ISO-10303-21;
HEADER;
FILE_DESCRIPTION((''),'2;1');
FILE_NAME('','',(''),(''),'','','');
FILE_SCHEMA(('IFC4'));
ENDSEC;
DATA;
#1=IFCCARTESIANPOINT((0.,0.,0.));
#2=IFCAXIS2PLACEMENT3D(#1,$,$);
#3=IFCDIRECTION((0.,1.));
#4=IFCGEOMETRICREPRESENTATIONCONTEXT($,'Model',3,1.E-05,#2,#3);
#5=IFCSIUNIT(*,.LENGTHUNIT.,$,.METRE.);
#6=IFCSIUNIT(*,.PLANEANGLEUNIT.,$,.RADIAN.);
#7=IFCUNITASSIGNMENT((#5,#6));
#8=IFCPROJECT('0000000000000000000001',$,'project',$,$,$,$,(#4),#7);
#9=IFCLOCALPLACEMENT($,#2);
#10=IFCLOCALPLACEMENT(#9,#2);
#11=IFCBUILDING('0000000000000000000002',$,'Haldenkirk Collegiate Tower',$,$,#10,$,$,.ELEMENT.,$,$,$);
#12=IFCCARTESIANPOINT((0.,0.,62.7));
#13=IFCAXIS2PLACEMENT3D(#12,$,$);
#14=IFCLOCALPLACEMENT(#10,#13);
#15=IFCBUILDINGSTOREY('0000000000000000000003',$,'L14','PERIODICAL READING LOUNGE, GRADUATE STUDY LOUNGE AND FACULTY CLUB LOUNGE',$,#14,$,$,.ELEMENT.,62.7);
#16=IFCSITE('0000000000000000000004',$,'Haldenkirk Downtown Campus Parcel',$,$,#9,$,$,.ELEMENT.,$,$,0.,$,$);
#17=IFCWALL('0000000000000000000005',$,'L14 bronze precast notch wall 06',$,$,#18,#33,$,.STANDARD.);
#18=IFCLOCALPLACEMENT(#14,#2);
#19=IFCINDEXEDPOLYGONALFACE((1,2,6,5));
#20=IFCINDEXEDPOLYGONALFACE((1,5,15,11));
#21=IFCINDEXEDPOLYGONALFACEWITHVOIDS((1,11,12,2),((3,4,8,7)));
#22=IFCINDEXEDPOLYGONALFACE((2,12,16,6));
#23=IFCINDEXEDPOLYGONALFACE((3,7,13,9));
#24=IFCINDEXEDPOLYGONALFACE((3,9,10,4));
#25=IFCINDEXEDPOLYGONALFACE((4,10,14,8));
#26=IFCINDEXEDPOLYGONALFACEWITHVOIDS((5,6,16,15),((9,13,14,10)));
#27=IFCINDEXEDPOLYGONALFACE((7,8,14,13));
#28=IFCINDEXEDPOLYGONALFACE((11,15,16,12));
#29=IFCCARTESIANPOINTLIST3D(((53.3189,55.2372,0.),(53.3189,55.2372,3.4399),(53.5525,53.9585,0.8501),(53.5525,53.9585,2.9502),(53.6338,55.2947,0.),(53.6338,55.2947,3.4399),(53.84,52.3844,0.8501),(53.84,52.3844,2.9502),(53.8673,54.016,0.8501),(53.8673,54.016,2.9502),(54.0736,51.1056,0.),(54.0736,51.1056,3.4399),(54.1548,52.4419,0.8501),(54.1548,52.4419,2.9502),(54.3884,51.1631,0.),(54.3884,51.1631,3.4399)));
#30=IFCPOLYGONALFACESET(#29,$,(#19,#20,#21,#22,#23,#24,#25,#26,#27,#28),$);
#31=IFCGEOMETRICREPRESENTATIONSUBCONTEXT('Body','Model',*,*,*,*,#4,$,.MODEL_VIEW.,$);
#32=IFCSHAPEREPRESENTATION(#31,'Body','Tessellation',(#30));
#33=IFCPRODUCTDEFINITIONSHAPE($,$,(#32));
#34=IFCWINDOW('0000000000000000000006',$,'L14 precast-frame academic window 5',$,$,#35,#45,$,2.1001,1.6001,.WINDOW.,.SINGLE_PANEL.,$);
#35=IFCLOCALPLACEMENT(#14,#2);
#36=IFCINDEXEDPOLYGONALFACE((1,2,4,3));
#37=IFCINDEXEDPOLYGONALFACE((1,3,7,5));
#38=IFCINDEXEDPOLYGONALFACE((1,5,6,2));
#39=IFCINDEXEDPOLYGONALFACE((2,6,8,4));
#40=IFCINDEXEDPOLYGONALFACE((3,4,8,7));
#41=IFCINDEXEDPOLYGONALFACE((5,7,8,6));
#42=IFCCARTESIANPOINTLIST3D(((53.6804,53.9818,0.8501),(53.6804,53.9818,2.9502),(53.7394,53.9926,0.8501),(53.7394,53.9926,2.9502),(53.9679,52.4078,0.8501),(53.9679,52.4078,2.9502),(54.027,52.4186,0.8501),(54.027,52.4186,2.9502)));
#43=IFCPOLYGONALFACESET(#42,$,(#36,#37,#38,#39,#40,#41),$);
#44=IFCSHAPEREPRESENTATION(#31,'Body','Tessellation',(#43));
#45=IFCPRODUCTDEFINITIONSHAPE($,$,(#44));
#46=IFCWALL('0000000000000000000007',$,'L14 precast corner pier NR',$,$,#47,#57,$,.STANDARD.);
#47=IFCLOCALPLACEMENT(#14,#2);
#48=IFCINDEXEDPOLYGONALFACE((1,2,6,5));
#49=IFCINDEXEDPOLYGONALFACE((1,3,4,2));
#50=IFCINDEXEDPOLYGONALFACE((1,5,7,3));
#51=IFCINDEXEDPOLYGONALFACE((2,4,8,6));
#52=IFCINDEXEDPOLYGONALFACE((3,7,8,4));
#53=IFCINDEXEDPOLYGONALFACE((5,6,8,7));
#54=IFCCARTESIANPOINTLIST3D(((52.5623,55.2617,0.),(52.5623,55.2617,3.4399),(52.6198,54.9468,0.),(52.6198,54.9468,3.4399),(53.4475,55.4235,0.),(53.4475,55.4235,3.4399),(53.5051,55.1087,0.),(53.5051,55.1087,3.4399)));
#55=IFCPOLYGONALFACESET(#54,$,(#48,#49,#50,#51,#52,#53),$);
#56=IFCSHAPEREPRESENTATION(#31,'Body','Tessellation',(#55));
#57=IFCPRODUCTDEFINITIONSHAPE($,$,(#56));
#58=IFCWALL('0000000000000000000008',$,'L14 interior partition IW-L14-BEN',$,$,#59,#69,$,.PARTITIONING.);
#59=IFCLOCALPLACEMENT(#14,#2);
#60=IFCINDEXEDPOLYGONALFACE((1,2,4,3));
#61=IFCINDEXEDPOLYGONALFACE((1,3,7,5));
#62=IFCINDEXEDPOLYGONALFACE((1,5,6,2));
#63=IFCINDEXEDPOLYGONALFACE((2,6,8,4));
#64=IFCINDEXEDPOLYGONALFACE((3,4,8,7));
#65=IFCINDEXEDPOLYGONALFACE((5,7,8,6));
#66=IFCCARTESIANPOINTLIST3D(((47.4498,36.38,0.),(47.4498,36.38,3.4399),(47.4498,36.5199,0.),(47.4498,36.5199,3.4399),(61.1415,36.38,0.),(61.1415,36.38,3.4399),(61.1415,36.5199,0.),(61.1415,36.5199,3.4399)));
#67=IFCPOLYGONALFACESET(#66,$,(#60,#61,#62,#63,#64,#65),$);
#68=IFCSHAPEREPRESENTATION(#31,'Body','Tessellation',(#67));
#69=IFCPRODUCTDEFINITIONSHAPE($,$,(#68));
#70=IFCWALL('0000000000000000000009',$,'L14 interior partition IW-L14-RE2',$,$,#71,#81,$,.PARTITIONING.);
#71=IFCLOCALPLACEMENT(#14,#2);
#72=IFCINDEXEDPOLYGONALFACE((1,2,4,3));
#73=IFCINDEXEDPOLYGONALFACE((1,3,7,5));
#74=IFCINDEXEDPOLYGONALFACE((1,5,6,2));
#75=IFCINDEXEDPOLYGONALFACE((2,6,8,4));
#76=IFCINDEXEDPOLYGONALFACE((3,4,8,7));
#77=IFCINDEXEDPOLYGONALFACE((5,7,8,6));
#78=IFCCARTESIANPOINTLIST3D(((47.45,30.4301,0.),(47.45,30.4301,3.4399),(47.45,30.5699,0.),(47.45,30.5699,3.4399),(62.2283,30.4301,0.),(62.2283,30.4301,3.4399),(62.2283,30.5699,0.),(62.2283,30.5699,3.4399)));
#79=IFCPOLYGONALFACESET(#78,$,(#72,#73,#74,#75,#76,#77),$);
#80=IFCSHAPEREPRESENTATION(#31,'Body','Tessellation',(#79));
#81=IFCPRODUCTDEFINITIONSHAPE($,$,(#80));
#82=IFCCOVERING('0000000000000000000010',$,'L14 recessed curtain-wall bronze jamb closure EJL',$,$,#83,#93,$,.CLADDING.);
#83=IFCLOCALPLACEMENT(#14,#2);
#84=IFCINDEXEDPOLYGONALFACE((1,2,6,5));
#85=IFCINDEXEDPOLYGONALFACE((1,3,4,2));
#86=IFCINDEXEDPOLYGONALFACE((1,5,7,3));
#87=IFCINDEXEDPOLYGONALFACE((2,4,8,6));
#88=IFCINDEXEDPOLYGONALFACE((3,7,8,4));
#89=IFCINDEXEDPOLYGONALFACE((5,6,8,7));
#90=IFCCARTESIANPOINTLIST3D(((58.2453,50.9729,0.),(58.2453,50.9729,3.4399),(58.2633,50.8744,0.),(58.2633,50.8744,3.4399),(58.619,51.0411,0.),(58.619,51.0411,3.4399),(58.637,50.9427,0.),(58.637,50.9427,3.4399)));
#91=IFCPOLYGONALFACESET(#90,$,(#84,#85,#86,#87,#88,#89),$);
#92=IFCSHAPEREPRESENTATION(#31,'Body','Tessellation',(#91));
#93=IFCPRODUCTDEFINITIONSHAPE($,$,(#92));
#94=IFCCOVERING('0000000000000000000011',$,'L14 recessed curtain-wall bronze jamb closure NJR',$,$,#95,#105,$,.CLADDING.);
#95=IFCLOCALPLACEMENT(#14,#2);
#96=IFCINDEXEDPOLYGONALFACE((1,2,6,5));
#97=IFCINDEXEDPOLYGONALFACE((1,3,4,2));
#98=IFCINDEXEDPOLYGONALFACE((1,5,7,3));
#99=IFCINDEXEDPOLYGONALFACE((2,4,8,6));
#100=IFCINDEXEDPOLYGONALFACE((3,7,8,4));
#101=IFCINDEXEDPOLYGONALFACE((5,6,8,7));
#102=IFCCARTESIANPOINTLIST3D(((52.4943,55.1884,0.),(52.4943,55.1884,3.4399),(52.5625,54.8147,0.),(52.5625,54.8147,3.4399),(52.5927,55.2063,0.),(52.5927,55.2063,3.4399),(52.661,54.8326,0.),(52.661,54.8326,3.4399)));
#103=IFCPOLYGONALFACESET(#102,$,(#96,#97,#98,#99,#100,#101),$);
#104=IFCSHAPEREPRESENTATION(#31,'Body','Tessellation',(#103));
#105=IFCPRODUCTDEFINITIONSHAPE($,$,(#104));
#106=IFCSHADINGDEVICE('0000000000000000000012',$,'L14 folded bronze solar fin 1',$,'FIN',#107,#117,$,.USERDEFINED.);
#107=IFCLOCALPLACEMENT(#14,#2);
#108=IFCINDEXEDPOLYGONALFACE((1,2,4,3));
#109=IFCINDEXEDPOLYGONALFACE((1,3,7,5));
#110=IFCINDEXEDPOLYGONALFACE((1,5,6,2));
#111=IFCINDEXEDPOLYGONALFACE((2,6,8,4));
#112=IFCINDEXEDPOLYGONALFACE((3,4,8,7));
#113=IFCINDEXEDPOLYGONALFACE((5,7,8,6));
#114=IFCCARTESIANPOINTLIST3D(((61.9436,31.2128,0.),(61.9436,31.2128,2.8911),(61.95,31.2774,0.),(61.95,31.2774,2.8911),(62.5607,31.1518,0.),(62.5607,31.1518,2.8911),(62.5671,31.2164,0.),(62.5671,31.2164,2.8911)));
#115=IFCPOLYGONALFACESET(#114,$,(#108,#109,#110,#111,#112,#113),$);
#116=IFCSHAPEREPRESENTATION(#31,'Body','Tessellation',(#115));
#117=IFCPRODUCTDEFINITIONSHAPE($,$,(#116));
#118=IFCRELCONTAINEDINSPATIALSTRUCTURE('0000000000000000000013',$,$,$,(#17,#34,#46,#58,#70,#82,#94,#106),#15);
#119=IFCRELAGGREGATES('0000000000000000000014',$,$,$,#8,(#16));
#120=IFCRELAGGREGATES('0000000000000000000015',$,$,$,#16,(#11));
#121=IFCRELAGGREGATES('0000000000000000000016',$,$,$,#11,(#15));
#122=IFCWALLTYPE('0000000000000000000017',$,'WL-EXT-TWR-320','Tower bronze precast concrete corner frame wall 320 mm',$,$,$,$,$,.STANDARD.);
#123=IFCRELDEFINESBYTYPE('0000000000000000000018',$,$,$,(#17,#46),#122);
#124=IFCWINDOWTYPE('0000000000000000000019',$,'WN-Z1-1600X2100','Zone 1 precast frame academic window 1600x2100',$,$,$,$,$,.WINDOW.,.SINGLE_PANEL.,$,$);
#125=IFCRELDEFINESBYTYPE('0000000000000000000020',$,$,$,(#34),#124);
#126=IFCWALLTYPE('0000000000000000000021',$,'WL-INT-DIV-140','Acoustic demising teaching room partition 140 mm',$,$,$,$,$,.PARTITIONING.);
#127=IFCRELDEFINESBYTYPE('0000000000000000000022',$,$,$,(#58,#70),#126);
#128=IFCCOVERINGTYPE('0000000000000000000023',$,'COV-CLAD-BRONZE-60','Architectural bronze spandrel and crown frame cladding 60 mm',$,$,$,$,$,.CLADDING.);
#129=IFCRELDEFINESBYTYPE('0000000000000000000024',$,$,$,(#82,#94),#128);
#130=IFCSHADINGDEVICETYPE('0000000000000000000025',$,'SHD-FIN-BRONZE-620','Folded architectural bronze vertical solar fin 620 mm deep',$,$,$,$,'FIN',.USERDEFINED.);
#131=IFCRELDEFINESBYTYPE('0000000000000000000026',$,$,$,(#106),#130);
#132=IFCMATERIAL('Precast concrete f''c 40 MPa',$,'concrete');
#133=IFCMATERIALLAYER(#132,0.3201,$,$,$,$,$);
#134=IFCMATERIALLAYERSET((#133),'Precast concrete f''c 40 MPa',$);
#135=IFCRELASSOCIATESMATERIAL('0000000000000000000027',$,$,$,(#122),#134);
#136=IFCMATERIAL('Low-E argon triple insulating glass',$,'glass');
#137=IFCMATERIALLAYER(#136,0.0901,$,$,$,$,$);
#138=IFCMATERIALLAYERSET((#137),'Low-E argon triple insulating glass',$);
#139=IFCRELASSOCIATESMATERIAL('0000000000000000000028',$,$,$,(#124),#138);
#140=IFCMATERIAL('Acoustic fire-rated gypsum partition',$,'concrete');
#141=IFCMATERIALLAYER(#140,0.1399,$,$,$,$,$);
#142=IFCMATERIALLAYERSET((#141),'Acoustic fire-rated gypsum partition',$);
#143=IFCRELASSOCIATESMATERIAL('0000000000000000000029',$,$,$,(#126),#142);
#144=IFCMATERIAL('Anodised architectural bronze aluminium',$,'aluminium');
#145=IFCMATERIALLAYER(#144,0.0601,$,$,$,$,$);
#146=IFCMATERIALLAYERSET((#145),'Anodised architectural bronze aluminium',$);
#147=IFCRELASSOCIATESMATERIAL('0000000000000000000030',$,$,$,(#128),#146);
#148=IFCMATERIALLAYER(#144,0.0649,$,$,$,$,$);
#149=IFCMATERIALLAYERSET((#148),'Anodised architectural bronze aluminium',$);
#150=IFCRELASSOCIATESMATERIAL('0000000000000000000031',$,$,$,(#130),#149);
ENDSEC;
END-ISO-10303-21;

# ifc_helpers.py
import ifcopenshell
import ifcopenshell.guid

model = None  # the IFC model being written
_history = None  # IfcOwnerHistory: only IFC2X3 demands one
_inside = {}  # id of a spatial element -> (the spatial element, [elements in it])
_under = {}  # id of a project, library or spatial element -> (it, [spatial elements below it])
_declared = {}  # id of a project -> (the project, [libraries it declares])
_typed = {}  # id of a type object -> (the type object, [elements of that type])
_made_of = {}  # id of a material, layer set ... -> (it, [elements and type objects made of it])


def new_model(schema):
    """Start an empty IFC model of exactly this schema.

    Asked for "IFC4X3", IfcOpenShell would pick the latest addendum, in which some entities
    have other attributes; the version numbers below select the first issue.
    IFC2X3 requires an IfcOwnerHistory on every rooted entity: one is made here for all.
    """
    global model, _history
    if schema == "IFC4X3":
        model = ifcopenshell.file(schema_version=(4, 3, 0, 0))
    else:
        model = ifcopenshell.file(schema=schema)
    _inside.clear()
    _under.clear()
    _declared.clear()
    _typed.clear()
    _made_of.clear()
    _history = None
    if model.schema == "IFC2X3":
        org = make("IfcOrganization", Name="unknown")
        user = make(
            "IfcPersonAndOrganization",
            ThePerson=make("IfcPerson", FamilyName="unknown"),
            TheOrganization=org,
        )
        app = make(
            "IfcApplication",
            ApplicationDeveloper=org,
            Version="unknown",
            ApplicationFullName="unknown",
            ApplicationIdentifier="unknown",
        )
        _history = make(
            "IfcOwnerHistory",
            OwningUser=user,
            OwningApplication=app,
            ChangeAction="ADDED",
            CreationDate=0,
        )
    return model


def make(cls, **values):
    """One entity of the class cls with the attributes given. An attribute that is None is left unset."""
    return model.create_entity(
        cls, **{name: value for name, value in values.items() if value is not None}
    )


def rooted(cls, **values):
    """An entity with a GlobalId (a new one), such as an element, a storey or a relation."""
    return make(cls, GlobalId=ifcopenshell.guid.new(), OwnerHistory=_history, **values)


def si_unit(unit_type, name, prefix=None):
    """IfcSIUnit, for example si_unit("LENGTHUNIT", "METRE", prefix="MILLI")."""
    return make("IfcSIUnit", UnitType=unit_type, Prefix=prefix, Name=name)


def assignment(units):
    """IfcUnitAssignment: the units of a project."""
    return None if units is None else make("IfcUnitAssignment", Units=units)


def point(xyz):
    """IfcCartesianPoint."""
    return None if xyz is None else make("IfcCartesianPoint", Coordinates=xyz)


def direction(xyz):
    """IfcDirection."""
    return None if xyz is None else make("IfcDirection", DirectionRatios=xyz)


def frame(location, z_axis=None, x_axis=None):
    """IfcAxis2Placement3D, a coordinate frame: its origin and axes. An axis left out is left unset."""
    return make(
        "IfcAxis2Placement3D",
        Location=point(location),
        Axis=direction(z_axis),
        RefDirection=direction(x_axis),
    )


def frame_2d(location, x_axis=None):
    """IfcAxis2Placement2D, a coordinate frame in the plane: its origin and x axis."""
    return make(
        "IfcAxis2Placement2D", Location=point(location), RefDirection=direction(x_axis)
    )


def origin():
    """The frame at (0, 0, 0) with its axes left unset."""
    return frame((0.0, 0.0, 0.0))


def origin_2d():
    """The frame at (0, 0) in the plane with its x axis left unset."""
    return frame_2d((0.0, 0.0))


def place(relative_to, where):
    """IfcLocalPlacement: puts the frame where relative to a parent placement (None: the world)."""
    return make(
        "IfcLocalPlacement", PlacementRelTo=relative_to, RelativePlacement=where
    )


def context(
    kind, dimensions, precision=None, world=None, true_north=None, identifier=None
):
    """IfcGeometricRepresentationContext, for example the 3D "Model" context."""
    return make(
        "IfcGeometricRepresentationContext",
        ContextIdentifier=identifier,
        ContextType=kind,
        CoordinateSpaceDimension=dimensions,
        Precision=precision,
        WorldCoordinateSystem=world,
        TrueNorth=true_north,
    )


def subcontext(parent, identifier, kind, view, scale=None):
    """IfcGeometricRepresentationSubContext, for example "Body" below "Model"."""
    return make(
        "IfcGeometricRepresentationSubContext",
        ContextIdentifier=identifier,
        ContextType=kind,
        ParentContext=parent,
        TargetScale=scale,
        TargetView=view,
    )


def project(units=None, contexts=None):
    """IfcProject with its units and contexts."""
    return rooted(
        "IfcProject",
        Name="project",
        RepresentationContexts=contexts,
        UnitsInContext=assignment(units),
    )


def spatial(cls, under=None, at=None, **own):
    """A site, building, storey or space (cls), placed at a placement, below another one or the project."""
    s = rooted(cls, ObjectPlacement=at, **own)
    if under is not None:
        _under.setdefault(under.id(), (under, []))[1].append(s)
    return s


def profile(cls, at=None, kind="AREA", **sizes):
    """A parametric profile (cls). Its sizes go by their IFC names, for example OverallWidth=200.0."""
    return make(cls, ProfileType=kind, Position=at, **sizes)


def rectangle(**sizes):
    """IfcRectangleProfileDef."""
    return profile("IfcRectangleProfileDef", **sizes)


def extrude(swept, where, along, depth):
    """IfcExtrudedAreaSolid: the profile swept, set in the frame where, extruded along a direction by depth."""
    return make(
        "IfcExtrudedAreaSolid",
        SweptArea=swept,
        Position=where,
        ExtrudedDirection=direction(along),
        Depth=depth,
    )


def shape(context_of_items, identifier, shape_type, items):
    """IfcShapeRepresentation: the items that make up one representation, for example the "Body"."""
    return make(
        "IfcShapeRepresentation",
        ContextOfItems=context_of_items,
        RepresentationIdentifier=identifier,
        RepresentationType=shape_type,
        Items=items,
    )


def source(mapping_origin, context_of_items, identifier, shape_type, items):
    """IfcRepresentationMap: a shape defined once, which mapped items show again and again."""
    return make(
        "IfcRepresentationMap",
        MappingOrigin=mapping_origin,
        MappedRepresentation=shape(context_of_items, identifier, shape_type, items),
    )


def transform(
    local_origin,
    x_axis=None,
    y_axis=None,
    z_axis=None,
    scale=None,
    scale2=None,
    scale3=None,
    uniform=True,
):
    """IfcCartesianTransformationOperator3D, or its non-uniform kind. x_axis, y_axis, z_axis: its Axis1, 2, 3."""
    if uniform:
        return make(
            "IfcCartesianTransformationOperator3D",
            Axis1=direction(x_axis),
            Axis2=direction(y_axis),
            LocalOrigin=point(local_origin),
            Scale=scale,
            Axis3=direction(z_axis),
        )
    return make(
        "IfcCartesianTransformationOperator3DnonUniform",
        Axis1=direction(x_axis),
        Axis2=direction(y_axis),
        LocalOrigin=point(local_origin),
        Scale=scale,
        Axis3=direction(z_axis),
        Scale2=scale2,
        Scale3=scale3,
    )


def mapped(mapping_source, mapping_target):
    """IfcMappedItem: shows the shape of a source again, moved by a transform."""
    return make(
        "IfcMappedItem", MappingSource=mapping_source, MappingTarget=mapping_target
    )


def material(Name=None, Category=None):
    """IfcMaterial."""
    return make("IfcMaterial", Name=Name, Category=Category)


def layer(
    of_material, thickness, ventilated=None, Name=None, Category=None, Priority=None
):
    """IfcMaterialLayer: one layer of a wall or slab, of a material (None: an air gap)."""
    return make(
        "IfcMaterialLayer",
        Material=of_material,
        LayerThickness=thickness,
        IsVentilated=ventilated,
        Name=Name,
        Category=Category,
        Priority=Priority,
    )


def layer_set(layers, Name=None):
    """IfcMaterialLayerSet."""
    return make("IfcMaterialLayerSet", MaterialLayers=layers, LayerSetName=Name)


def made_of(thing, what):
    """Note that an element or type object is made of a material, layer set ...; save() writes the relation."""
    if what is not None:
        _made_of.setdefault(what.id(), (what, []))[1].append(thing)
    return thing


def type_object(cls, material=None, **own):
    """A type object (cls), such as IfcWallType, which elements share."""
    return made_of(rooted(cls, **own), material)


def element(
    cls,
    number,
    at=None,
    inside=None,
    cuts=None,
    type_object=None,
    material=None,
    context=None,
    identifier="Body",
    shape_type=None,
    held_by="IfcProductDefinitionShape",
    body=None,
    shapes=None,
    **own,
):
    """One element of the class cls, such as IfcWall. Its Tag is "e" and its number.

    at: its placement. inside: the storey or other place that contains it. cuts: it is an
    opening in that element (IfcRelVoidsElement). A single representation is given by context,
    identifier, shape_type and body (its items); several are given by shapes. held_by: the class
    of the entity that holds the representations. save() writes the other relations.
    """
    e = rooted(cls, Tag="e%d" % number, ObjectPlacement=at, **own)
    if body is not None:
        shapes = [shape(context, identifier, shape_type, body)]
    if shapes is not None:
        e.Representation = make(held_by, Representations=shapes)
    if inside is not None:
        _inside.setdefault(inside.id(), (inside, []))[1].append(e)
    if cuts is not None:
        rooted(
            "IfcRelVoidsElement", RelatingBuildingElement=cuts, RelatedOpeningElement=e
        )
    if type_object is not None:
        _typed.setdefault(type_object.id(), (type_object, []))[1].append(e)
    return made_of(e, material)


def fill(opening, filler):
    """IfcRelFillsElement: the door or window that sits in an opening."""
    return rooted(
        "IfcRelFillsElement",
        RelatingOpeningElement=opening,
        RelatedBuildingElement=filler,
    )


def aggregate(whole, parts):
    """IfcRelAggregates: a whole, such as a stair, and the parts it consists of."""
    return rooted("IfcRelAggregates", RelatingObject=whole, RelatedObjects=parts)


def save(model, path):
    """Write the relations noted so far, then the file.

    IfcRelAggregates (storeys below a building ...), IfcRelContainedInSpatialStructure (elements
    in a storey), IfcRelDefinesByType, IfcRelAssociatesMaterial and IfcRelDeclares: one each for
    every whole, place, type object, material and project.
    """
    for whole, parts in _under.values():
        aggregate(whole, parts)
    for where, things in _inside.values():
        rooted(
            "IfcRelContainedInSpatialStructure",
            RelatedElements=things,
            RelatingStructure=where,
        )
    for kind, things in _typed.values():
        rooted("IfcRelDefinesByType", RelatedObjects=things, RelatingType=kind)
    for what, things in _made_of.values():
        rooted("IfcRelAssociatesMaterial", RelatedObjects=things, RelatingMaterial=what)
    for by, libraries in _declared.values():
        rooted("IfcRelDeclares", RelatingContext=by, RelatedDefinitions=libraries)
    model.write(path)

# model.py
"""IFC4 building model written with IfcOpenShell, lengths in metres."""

from ifc_helpers import new_model, si_unit, direction, frame, frame_2d, origin, origin_2d, place, context, subcontext, project, spatial, rectangle, extrude, source, transform, mapped, material, layer, layer_set, type_object, element, fill, save


model = new_model("IFC4")

# Units and contexts
model_context = context("Model", 3, precision=1e-05, world=origin(), true_north=direction((0.0, 1.0)))
body_context = subcontext(model_context, "Body", "Model", "MODEL_VIEW")
ifc_project = project(units=[si_unit("LENGTHUNIT", "METRE"), si_unit("PLANEANGLEUNIT", "RADIAN")], contexts=[model_context])

# Site, building, storey
site_placement = place(None, origin())
site = spatial("IfcSite", under=ifc_project, at=site_placement, Name="Haldenkirk Downtown Campus Parcel", CompositionType="ELEMENT", RefElevation=0.0)
building_placement = place(site_placement, origin())
building = spatial("IfcBuilding", under=site, at=building_placement, Name="Haldenkirk Collegiate Tower", CompositionType="ELEMENT")
storey_placement = place(building_placement, frame((0.0, 0.0, 62.7)))
storey = spatial("IfcBuildingStorey", under=building, at=storey_placement, Name="L14", Description="PERIODICAL READING LOUNGE, GRADUATE STUDY LOUNGE AND FACULTY CLUB LOUNGE", CompositionType="ELEMENT", Elevation=62.7)

# Shared definitions
ifc_material_1 = material(Name="Anodised architectural bronze aluminium", Category="aluminium")

# Shared definitions
ifc_material_2 = material(Name="Low-E argon triple insulating glass", Category="glass")

# Shared definitions
ifc_material_3 = material(Name="Precast concrete f'c 40 MPa", Category="concrete")
ifc_layer_1 = layer(ifc_material_3, 0.3201)
ifc_layer_set_1 = layer_set([ifc_layer_1], Name="Precast concrete f'c 40 MPa")
wall_type_1 = type_object("IfcWallType", Name="WL-EXT-TWR-320", Description="Tower bronze precast concrete corner frame wall 320 mm", PredefinedType="STANDARD", material=ifc_layer_set_1)

# Wall, opening, window
wall_1_placement = place(storey_placement, frame((53.4763, 55.2661, 0.0), z_axis=(0.0, 0.0, 1.0), x_axis=(0.179678, -0.983725, 0.0)))
wall_1 = element("IfcWall", 1, at=wall_1_placement, inside=storey, type_object=wall_type_1, Name="L14 bronze precast notch wall 06", PredefinedType="STANDARD", context=body_context, shape_type="SweptSolid", body=[
    extrude(rectangle(XDim=4.2, YDim=0.3201, at=frame_2d((2.1001, 0.0))), origin(), (0.0, 0.0, 1.0), 3.4399),
])
opening_placement = place(wall_1_placement, frame((1.3, 0.0, 0.8501)))
opening = element("IfcOpeningElement", 2, at=opening_placement, cuts=wall_1, PredefinedType="OPENING", context=body_context, shape_type="SweptSolid", body=[
    extrude(rectangle(XDim=1.6001, YDim=2.1001, at=frame_2d((0.8, 1.05))), frame((0.0, 0.1699, 0.0), z_axis=(0.0, -1.0, 0.0), x_axis=(1.0, 0.0, 0.0)), (0.0, 0.0, 1.0), 0.3401),
])
ifc_layer_2 = layer(ifc_material_2, 0.0901)
ifc_layer_set_2 = layer_set([ifc_layer_2], Name="Low-E argon triple insulating glass")
window_type = type_object("IfcWindowType", Name="WN-Z1-1600X2100", Description="Zone 1 precast frame academic window 1600x2100", PartitioningType="SINGLE_PANEL", PredefinedType="WINDOW", material=ifc_layer_set_2)
window_placement = place(opening_placement, origin())
window = element("IfcWindow", 3, at=window_placement, inside=storey, type_object=window_type, Name="L14 precast-frame academic window 5", OverallHeight=2.1001, OverallWidth=1.6001, PartitioningType="SINGLE_PANEL", PredefinedType="WINDOW", context=body_context, shape_type="SweptSolid", body=[
    extrude(rectangle(XDim=1.6001, YDim=2.1001, at=frame_2d((0.8, 1.05))), frame((0.0, 0.03, 0.0), z_axis=(0.0, -1.0, 0.0), x_axis=(1.0, 0.0, 0.0)), (0.0, 0.0, 1.0), 0.0601),
])
fill(opening, window)

# Walls
wall_2_placement = place(storey_placement, frame((52.5911, 55.1042, 0.0), z_axis=(0.0, 0.0, 1.0), x_axis=(0.983691, 0.179864, 0.0)))
element("IfcWall", 4, at=wall_2_placement, inside=storey, type_object=wall_type_1, Name="L14 precast corner pier NR", PredefinedType="STANDARD", context=body_context, shape_type="SweptSolid", body=[
    extrude(rectangle(XDim=0.8999, YDim=0.3201, at=frame_2d((0.45, 0.0))), origin(), (0.0, 0.0, 1.0), 3.4399),
])
ifc_material_4 = material(Name="Acoustic fire-rated gypsum partition", Category="concrete")
ifc_layer_3 = layer(ifc_material_4, 0.1399)
ifc_layer_set_3 = layer_set([ifc_layer_3], Name="Acoustic fire-rated gypsum partition")
wall_type_2 = type_object("IfcWallType", Name="WL-INT-DIV-140", Description="Acoustic demising teaching room partition 140 mm", PredefinedType="PARTITIONING", material=ifc_layer_set_3)
wall_3_placement = place(storey_placement, frame((47.45, 36.45, 0.0), z_axis=(0.0, 0.0, 1.0), x_axis=(1.0, 0.0, 0.0)))
element("IfcWall", 5, at=wall_3_placement, inside=storey, type_object=wall_type_2, Name="L14 interior partition IW-L14-BEN", PredefinedType="PARTITIONING", context=body_context, shape_type="SweptSolid", body=[
    extrude(rectangle(XDim=13.6917, YDim=0.1399, at=frame_2d((6.8457, 0.0))), origin(), (0.0, 0.0, 1.0), 3.4399),
])
wall_4_placement = place(storey_placement, frame((47.45, 30.5, 0.0), z_axis=(0.0, 0.0, 1.0), x_axis=(1.0, 0.0, 0.0)))
element("IfcWall", 6, at=wall_4_placement, inside=storey, type_object=wall_type_2, Name="L14 interior partition IW-L14-RE2", PredefinedType="PARTITIONING", context=body_context, shape_type="SweptSolid", body=[
    extrude(rectangle(XDim=14.7783, YDim=0.1399, at=frame_2d((7.3892, 0.0))), origin(), (0.0, 0.0, 1.0), 3.4399),
])

# Coverings
ifc_layer_4 = layer(ifc_material_1, 0.0601)
ifc_layer_set_4 = layer_set([ifc_layer_4], Name="Anodised architectural bronze aluminium")
covering_type = type_object("IfcCoveringType", Name="COV-CLAD-BRONZE-60", Description="Architectural bronze spandrel and crown frame cladding 60 mm", PredefinedType="CLADDING", material=ifc_layer_set_4)
shared_shape_1 = source(origin(), body_context, "Body", "SweptSolid", [
    extrude(rectangle(XDim=0.1001, YDim=0.3799, at=origin_2d()), origin(), (0.0, 0.0, 1.0), 3.4399),
])
for number, where, z_axis, x_axis, name in (
    (7, (58.4412, 50.9578, 0.0), (0.0, 0.0, 1.0), (0.179661, -0.983729, 0.0), "L14 recessed curtain-wall bronze jamb closure EJL"),
    (8, (52.5776, 55.0105, 0.0), (0.0, 0.0, 1.0), (0.983729, 0.179661, 0.0), "L14 recessed curtain-wall bronze jamb closure NJR"),
):
    element("IfcCovering", number, at=place(storey_placement, frame(where, z_axis=z_axis, x_axis=x_axis)), inside=storey, type_object=covering_type, Name=name, PredefinedType="CLADDING", context=body_context, shape_type="MappedRepresentation", body=[
        mapped(shared_shape_1, transform((0.0, 0.0, 0.0), x_axis=(1.0, 0.0, 0.0), y_axis=(0.0, 1.0, 0.0), z_axis=(0.0, 0.0, 1.0), scale=1.0)),
    ])

# Shading device
ifc_layer_5 = layer(ifc_material_1, 0.0649)
ifc_layer_set_5 = layer_set([ifc_layer_5], Name="Anodised architectural bronze aluminium")
shading_device_type = type_object("IfcShadingDeviceType", Name="SHD-FIN-BRONZE-620", Description="Folded architectural bronze vertical solar fin 620 mm deep", ElementType="FIN", PredefinedType="USERDEFINED", material=ifc_layer_set_5)
shared_shape_2 = source(origin(), body_context, "Body", "SweptSolid", [
    extrude(rectangle(XDim=0.6201, YDim=0.0649, at=origin_2d()), origin(), (0.0, 0.0, 1.0), 2.8911),
])
shading_device_placement = place(storey_placement, frame((62.2554, 31.2146, 0.0), z_axis=(0.0, 0.0, 1.0), x_axis=(0.995142, -0.098451, 0.0)))
element("IfcShadingDevice", 9, at=shading_device_placement, inside=storey, type_object=shading_device_type, Name="L14 folded bronze solar fin 1", ObjectType="FIN", PredefinedType="USERDEFINED", context=body_context, shape_type="MappedRepresentation", body=[
    mapped(shared_shape_2, transform((0.0, 0.0, 0.0), x_axis=(1.0, 0.0, 0.0), y_axis=(0.0, 1.0, 0.0), z_axis=(0.0, 0.0, 1.0), scale=1.0)),
])

save(model, "model.ifc")
